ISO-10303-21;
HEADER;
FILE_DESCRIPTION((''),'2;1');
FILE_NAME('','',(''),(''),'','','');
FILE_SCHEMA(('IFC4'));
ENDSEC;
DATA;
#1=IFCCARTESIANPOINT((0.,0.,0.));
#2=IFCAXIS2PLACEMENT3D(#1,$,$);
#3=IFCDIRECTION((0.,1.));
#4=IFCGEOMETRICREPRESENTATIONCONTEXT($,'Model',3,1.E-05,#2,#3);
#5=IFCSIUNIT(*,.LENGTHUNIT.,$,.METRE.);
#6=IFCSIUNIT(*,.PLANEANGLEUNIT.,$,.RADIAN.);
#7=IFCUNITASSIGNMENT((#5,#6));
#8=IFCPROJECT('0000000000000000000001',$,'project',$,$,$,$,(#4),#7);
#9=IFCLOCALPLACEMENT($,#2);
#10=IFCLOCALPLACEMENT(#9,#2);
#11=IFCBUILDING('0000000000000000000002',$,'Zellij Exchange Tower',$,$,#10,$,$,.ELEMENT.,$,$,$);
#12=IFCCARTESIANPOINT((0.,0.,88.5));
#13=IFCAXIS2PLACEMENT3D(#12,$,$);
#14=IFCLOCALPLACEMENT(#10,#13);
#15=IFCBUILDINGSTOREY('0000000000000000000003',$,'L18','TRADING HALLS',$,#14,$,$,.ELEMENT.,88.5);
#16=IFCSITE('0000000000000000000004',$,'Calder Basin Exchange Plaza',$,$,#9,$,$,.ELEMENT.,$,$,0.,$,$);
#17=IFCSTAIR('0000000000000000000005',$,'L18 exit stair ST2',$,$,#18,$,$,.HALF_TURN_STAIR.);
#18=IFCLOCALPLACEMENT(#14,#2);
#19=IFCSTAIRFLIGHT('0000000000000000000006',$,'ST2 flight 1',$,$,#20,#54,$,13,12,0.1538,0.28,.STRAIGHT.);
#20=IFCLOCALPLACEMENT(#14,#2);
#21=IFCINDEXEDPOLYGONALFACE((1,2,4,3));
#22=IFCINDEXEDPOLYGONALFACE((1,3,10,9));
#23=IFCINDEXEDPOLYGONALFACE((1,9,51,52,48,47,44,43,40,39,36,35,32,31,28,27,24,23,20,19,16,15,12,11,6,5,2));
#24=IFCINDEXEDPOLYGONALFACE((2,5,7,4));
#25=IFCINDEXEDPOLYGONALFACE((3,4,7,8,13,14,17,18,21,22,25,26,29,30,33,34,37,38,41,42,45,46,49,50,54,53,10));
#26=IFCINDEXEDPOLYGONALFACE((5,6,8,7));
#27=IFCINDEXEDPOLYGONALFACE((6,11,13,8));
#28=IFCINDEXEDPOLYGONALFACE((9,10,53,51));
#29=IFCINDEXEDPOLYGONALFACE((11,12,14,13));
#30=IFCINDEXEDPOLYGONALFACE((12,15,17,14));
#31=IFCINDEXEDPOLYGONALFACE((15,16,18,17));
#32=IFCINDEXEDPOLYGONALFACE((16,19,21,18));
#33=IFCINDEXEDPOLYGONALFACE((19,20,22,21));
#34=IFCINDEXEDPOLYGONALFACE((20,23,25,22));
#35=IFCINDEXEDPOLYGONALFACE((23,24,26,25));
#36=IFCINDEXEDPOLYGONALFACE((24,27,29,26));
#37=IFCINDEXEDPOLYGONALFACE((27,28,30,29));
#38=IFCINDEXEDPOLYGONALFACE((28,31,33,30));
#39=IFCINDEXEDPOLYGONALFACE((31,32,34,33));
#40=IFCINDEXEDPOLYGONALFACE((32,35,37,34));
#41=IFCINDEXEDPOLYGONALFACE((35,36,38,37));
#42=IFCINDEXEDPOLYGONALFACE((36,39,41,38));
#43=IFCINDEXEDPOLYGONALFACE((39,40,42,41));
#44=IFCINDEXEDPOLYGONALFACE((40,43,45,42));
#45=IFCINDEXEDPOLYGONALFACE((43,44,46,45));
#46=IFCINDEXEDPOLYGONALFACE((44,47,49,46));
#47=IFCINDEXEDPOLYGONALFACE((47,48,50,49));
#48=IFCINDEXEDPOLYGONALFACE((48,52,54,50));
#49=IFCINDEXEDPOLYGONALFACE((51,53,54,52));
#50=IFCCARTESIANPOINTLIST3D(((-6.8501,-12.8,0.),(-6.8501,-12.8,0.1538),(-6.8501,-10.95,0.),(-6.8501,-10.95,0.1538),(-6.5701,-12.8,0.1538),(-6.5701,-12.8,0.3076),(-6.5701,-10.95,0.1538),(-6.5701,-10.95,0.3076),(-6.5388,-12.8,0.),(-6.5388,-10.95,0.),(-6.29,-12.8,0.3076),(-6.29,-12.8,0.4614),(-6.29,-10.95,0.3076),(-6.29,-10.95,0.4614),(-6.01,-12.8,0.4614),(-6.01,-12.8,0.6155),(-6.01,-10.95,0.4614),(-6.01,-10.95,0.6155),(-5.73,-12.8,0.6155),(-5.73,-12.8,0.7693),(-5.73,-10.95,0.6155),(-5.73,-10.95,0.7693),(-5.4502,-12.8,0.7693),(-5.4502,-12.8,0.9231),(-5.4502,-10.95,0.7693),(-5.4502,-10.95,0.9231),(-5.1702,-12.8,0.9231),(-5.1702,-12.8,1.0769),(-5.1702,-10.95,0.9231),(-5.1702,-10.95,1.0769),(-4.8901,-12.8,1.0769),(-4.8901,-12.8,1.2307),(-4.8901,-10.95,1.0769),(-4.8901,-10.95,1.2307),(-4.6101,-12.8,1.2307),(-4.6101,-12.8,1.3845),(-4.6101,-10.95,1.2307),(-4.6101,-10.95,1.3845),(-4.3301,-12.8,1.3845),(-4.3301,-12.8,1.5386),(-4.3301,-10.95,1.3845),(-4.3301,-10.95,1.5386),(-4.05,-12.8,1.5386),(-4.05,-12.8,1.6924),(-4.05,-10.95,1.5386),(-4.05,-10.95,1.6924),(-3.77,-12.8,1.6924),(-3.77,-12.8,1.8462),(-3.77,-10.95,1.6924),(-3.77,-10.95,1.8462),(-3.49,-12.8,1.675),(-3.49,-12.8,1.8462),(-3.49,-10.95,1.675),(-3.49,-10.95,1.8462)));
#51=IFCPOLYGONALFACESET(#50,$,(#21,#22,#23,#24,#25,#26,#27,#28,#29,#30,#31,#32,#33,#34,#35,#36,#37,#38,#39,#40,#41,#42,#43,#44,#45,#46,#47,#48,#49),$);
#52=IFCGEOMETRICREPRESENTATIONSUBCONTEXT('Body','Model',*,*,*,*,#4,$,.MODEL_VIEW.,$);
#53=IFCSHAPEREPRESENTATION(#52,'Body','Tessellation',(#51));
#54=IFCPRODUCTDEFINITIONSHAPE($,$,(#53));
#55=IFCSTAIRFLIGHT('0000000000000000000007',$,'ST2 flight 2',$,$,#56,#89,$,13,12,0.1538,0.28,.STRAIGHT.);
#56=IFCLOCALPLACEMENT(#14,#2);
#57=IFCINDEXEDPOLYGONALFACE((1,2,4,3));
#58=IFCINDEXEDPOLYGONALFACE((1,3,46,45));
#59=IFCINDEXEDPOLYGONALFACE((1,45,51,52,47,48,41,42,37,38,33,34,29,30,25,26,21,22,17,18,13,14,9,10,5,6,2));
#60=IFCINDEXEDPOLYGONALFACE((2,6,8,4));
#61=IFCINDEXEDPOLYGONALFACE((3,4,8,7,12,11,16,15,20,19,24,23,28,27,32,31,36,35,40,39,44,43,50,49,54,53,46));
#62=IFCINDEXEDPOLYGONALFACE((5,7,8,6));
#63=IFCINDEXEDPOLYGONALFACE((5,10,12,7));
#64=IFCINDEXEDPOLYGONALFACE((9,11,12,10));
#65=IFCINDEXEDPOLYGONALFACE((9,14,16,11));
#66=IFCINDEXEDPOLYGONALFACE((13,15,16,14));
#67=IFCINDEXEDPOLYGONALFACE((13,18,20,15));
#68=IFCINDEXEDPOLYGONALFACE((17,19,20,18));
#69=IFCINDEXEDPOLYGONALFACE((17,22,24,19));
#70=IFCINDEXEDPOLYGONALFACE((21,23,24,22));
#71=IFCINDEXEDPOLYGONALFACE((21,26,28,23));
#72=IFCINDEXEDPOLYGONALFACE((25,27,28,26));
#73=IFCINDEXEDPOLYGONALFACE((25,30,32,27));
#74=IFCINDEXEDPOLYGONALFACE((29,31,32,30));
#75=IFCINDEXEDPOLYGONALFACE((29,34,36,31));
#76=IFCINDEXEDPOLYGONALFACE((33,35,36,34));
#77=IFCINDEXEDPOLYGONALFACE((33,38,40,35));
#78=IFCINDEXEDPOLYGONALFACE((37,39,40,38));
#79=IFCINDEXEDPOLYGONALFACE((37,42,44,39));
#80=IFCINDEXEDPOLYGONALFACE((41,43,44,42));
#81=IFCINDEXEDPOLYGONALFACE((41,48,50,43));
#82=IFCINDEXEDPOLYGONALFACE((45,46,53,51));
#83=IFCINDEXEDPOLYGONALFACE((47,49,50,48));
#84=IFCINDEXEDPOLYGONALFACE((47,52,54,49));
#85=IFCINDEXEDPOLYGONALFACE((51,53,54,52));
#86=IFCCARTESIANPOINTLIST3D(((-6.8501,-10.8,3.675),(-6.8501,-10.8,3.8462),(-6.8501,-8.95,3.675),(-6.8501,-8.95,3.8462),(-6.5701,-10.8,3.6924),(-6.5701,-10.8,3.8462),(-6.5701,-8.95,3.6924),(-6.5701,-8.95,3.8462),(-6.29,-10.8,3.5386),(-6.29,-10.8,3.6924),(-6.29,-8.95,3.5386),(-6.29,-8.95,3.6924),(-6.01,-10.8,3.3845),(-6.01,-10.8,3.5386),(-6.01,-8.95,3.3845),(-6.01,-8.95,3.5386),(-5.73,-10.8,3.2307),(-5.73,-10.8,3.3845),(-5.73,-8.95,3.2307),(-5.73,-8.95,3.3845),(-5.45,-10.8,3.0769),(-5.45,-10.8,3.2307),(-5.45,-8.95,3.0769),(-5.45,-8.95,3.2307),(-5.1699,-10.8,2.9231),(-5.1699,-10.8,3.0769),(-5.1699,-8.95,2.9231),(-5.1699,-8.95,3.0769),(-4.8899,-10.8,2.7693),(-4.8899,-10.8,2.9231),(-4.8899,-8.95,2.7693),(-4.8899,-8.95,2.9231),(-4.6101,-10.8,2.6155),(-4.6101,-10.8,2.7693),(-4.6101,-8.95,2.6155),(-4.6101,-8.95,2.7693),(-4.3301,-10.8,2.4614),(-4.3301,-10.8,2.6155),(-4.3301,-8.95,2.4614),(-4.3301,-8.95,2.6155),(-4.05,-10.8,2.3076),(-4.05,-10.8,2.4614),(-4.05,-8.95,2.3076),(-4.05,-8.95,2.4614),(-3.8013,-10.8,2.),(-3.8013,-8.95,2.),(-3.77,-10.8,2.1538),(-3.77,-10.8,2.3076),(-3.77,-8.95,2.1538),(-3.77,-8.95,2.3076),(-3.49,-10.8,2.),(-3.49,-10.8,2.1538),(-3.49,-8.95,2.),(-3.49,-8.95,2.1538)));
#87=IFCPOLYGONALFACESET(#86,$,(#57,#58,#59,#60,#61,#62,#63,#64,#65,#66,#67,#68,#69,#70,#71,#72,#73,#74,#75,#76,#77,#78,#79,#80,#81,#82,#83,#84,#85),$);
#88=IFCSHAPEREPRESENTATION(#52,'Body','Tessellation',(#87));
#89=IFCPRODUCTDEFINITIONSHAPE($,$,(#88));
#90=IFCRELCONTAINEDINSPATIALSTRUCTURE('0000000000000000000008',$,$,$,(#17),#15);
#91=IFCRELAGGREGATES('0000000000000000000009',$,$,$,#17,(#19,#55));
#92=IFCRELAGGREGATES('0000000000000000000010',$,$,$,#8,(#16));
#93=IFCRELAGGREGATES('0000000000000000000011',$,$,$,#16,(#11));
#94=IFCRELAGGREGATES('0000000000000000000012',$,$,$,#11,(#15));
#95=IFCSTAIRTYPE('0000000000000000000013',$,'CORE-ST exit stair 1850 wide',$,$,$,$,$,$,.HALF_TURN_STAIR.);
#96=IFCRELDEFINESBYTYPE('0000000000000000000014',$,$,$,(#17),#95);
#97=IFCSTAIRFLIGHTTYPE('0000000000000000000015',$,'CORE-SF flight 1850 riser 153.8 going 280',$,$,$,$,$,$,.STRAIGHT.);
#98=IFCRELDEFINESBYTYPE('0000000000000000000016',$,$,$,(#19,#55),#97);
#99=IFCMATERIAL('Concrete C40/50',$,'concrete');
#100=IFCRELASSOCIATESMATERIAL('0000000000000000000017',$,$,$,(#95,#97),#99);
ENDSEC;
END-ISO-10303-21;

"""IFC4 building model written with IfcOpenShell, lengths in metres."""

from ifc_helpers import new_model, si_unit, direction, frame, origin, place, context, subcontext, project, spatial, polyline, outline, extrude, material, type_object, element, aggregate, save


model = new_model("IFC4")

# Units and contexts
model_context = context("Model", 3, precision=1e-05, world=origin(), true_north=direction((0.0, 1.0)))
body_context = subcontext(model_context, "Body", "Model", "MODEL_VIEW")
ifc_project = project(units=[si_unit("LENGTHUNIT", "METRE"), si_unit("PLANEANGLEUNIT", "RADIAN")], contexts=[model_context])

# Site, building, storey
site_placement = place(None, origin())
site = spatial("IfcSite", under=ifc_project, at=site_placement, Name="Calder Basin Exchange Plaza", CompositionType="ELEMENT", RefElevation=0.0)
building_placement = place(site_placement, origin())
building = spatial("IfcBuilding", under=site, at=building_placement, Name="Zellij Exchange Tower", CompositionType="ELEMENT")
storey_placement = place(building_placement, frame((0.0, 0.0, 88.5)))
storey = spatial("IfcBuildingStorey", under=building, at=storey_placement, Name="L18", Description="TRADING HALLS", CompositionType="ELEMENT", Elevation=88.5)

# Stair, stair flights
ifc_material_1 = material(Name="Concrete C40/50", Category="concrete")
stair_type = type_object("IfcStairType", Name="CORE-ST exit stair 1850 wide", PredefinedType="HALF_TURN_STAIR", material=ifc_material_1)
stair_placement = place(storey_placement, origin())
stair = element("IfcStair", 1, at=stair_placement, inside=storey, type_object=stair_type, Name="L18 exit stair ST2", PredefinedType="HALF_TURN_STAIR")
stair_flight_type = type_object("IfcStairFlightType", Name="CORE-SF flight 1850 riser 153.8 going 280", PredefinedType="STRAIGHT", material=ifc_material_1)
stair_flight_1_placement = place(storey_placement, frame((-6.8501, -11.875, 0.0), z_axis=(0.0, 0.0, 1.0), x_axis=(1.0, 0.0, 0.0)))
stair_flight_1 = element("IfcStairFlight", 2, at=stair_flight_1_placement, type_object=stair_flight_type, Name="ST2 flight 1", NumberOfRisers=13, NumberOfTreads=12, PredefinedType="STRAIGHT", RiserHeight=0.1538, TreadLength=0.28, context=body_context, shape_type="SweptSolid", body=[
    extrude(outline(polyline([(0.0, 0.0), (0.0, 0.1538), (0.28, 0.1538), (0.28, 0.3076), (0.5601, 0.3076), (0.5601, 0.4614), (0.8401, 0.4614), (0.8401, 0.6155), (1.1201, 0.6155), (1.1201, 0.7693), (1.3999, 0.7693), (1.3999, 0.9231), (1.6799, 0.9231), (1.6799, 1.0769), (1.96, 1.0769), (1.96, 1.2307), (2.24, 1.2307), (2.24, 1.3845), (2.52, 1.3845), (2.52, 1.5386), (2.8, 1.5386), (2.8, 1.6924), (3.0801, 1.6924), (3.0801, 1.8462), (3.3601, 1.8462), (3.3601, 2.0), (3.3601, 1.675), (0.3113, 0.0), (0.0, 0.0)])), frame((0.0, 0.925, 0.0), z_axis=(0.0, -1.0, 0.0), x_axis=(1.0, 0.0, 0.0)), (0.0, 0.0, 1.0), 1.8501),
])
stair_flight_2_placement = place(storey_placement, frame((-3.49, -9.875, 2.0), z_axis=(0.0, 0.0, 1.0), x_axis=(-1.0, 0.0, 0.0)))
stair_flight_2 = element("IfcStairFlight", 3, at=stair_flight_2_placement, type_object=stair_flight_type, Name="ST2 flight 2", NumberOfRisers=13, NumberOfTreads=12, PredefinedType="STRAIGHT", RiserHeight=0.1538, TreadLength=0.28, context=body_context, shape_type="SweptSolid", body=[
    extrude(outline(polyline([(0.0, 0.0), (0.0, 0.1538), (0.28, 0.1538), (0.28, 0.3076), (0.5601, 0.3076), (0.5601, 0.4614), (0.8401, 0.4614), (0.8401, 0.6155), (1.1201, 0.6155), (1.1201, 0.7693), (1.3999, 0.7693), (1.3999, 0.9231), (1.6799, 0.9231), (1.6799, 1.0769), (1.96, 1.0769), (1.96, 1.2307), (2.24, 1.2307), (2.24, 1.3845), (2.52, 1.3845), (2.52, 1.5386), (2.8, 1.5386), (2.8, 1.6924), (3.0801, 1.6924), (3.0801, 1.8462), (3.3601, 1.8462), (3.3601, 2.0), (3.3601, 1.675), (0.3113, 0.0), (0.0, 0.0)])), frame((0.0, 0.925, 0.0), z_axis=(0.0, -1.0, 0.0), x_axis=(1.0, 0.0, 0.0)), (0.0, 0.0, 1.0), 1.8501),
])
aggregate(stair, [stair_flight_1, stair_flight_2])

save(model, "model.ifc")
